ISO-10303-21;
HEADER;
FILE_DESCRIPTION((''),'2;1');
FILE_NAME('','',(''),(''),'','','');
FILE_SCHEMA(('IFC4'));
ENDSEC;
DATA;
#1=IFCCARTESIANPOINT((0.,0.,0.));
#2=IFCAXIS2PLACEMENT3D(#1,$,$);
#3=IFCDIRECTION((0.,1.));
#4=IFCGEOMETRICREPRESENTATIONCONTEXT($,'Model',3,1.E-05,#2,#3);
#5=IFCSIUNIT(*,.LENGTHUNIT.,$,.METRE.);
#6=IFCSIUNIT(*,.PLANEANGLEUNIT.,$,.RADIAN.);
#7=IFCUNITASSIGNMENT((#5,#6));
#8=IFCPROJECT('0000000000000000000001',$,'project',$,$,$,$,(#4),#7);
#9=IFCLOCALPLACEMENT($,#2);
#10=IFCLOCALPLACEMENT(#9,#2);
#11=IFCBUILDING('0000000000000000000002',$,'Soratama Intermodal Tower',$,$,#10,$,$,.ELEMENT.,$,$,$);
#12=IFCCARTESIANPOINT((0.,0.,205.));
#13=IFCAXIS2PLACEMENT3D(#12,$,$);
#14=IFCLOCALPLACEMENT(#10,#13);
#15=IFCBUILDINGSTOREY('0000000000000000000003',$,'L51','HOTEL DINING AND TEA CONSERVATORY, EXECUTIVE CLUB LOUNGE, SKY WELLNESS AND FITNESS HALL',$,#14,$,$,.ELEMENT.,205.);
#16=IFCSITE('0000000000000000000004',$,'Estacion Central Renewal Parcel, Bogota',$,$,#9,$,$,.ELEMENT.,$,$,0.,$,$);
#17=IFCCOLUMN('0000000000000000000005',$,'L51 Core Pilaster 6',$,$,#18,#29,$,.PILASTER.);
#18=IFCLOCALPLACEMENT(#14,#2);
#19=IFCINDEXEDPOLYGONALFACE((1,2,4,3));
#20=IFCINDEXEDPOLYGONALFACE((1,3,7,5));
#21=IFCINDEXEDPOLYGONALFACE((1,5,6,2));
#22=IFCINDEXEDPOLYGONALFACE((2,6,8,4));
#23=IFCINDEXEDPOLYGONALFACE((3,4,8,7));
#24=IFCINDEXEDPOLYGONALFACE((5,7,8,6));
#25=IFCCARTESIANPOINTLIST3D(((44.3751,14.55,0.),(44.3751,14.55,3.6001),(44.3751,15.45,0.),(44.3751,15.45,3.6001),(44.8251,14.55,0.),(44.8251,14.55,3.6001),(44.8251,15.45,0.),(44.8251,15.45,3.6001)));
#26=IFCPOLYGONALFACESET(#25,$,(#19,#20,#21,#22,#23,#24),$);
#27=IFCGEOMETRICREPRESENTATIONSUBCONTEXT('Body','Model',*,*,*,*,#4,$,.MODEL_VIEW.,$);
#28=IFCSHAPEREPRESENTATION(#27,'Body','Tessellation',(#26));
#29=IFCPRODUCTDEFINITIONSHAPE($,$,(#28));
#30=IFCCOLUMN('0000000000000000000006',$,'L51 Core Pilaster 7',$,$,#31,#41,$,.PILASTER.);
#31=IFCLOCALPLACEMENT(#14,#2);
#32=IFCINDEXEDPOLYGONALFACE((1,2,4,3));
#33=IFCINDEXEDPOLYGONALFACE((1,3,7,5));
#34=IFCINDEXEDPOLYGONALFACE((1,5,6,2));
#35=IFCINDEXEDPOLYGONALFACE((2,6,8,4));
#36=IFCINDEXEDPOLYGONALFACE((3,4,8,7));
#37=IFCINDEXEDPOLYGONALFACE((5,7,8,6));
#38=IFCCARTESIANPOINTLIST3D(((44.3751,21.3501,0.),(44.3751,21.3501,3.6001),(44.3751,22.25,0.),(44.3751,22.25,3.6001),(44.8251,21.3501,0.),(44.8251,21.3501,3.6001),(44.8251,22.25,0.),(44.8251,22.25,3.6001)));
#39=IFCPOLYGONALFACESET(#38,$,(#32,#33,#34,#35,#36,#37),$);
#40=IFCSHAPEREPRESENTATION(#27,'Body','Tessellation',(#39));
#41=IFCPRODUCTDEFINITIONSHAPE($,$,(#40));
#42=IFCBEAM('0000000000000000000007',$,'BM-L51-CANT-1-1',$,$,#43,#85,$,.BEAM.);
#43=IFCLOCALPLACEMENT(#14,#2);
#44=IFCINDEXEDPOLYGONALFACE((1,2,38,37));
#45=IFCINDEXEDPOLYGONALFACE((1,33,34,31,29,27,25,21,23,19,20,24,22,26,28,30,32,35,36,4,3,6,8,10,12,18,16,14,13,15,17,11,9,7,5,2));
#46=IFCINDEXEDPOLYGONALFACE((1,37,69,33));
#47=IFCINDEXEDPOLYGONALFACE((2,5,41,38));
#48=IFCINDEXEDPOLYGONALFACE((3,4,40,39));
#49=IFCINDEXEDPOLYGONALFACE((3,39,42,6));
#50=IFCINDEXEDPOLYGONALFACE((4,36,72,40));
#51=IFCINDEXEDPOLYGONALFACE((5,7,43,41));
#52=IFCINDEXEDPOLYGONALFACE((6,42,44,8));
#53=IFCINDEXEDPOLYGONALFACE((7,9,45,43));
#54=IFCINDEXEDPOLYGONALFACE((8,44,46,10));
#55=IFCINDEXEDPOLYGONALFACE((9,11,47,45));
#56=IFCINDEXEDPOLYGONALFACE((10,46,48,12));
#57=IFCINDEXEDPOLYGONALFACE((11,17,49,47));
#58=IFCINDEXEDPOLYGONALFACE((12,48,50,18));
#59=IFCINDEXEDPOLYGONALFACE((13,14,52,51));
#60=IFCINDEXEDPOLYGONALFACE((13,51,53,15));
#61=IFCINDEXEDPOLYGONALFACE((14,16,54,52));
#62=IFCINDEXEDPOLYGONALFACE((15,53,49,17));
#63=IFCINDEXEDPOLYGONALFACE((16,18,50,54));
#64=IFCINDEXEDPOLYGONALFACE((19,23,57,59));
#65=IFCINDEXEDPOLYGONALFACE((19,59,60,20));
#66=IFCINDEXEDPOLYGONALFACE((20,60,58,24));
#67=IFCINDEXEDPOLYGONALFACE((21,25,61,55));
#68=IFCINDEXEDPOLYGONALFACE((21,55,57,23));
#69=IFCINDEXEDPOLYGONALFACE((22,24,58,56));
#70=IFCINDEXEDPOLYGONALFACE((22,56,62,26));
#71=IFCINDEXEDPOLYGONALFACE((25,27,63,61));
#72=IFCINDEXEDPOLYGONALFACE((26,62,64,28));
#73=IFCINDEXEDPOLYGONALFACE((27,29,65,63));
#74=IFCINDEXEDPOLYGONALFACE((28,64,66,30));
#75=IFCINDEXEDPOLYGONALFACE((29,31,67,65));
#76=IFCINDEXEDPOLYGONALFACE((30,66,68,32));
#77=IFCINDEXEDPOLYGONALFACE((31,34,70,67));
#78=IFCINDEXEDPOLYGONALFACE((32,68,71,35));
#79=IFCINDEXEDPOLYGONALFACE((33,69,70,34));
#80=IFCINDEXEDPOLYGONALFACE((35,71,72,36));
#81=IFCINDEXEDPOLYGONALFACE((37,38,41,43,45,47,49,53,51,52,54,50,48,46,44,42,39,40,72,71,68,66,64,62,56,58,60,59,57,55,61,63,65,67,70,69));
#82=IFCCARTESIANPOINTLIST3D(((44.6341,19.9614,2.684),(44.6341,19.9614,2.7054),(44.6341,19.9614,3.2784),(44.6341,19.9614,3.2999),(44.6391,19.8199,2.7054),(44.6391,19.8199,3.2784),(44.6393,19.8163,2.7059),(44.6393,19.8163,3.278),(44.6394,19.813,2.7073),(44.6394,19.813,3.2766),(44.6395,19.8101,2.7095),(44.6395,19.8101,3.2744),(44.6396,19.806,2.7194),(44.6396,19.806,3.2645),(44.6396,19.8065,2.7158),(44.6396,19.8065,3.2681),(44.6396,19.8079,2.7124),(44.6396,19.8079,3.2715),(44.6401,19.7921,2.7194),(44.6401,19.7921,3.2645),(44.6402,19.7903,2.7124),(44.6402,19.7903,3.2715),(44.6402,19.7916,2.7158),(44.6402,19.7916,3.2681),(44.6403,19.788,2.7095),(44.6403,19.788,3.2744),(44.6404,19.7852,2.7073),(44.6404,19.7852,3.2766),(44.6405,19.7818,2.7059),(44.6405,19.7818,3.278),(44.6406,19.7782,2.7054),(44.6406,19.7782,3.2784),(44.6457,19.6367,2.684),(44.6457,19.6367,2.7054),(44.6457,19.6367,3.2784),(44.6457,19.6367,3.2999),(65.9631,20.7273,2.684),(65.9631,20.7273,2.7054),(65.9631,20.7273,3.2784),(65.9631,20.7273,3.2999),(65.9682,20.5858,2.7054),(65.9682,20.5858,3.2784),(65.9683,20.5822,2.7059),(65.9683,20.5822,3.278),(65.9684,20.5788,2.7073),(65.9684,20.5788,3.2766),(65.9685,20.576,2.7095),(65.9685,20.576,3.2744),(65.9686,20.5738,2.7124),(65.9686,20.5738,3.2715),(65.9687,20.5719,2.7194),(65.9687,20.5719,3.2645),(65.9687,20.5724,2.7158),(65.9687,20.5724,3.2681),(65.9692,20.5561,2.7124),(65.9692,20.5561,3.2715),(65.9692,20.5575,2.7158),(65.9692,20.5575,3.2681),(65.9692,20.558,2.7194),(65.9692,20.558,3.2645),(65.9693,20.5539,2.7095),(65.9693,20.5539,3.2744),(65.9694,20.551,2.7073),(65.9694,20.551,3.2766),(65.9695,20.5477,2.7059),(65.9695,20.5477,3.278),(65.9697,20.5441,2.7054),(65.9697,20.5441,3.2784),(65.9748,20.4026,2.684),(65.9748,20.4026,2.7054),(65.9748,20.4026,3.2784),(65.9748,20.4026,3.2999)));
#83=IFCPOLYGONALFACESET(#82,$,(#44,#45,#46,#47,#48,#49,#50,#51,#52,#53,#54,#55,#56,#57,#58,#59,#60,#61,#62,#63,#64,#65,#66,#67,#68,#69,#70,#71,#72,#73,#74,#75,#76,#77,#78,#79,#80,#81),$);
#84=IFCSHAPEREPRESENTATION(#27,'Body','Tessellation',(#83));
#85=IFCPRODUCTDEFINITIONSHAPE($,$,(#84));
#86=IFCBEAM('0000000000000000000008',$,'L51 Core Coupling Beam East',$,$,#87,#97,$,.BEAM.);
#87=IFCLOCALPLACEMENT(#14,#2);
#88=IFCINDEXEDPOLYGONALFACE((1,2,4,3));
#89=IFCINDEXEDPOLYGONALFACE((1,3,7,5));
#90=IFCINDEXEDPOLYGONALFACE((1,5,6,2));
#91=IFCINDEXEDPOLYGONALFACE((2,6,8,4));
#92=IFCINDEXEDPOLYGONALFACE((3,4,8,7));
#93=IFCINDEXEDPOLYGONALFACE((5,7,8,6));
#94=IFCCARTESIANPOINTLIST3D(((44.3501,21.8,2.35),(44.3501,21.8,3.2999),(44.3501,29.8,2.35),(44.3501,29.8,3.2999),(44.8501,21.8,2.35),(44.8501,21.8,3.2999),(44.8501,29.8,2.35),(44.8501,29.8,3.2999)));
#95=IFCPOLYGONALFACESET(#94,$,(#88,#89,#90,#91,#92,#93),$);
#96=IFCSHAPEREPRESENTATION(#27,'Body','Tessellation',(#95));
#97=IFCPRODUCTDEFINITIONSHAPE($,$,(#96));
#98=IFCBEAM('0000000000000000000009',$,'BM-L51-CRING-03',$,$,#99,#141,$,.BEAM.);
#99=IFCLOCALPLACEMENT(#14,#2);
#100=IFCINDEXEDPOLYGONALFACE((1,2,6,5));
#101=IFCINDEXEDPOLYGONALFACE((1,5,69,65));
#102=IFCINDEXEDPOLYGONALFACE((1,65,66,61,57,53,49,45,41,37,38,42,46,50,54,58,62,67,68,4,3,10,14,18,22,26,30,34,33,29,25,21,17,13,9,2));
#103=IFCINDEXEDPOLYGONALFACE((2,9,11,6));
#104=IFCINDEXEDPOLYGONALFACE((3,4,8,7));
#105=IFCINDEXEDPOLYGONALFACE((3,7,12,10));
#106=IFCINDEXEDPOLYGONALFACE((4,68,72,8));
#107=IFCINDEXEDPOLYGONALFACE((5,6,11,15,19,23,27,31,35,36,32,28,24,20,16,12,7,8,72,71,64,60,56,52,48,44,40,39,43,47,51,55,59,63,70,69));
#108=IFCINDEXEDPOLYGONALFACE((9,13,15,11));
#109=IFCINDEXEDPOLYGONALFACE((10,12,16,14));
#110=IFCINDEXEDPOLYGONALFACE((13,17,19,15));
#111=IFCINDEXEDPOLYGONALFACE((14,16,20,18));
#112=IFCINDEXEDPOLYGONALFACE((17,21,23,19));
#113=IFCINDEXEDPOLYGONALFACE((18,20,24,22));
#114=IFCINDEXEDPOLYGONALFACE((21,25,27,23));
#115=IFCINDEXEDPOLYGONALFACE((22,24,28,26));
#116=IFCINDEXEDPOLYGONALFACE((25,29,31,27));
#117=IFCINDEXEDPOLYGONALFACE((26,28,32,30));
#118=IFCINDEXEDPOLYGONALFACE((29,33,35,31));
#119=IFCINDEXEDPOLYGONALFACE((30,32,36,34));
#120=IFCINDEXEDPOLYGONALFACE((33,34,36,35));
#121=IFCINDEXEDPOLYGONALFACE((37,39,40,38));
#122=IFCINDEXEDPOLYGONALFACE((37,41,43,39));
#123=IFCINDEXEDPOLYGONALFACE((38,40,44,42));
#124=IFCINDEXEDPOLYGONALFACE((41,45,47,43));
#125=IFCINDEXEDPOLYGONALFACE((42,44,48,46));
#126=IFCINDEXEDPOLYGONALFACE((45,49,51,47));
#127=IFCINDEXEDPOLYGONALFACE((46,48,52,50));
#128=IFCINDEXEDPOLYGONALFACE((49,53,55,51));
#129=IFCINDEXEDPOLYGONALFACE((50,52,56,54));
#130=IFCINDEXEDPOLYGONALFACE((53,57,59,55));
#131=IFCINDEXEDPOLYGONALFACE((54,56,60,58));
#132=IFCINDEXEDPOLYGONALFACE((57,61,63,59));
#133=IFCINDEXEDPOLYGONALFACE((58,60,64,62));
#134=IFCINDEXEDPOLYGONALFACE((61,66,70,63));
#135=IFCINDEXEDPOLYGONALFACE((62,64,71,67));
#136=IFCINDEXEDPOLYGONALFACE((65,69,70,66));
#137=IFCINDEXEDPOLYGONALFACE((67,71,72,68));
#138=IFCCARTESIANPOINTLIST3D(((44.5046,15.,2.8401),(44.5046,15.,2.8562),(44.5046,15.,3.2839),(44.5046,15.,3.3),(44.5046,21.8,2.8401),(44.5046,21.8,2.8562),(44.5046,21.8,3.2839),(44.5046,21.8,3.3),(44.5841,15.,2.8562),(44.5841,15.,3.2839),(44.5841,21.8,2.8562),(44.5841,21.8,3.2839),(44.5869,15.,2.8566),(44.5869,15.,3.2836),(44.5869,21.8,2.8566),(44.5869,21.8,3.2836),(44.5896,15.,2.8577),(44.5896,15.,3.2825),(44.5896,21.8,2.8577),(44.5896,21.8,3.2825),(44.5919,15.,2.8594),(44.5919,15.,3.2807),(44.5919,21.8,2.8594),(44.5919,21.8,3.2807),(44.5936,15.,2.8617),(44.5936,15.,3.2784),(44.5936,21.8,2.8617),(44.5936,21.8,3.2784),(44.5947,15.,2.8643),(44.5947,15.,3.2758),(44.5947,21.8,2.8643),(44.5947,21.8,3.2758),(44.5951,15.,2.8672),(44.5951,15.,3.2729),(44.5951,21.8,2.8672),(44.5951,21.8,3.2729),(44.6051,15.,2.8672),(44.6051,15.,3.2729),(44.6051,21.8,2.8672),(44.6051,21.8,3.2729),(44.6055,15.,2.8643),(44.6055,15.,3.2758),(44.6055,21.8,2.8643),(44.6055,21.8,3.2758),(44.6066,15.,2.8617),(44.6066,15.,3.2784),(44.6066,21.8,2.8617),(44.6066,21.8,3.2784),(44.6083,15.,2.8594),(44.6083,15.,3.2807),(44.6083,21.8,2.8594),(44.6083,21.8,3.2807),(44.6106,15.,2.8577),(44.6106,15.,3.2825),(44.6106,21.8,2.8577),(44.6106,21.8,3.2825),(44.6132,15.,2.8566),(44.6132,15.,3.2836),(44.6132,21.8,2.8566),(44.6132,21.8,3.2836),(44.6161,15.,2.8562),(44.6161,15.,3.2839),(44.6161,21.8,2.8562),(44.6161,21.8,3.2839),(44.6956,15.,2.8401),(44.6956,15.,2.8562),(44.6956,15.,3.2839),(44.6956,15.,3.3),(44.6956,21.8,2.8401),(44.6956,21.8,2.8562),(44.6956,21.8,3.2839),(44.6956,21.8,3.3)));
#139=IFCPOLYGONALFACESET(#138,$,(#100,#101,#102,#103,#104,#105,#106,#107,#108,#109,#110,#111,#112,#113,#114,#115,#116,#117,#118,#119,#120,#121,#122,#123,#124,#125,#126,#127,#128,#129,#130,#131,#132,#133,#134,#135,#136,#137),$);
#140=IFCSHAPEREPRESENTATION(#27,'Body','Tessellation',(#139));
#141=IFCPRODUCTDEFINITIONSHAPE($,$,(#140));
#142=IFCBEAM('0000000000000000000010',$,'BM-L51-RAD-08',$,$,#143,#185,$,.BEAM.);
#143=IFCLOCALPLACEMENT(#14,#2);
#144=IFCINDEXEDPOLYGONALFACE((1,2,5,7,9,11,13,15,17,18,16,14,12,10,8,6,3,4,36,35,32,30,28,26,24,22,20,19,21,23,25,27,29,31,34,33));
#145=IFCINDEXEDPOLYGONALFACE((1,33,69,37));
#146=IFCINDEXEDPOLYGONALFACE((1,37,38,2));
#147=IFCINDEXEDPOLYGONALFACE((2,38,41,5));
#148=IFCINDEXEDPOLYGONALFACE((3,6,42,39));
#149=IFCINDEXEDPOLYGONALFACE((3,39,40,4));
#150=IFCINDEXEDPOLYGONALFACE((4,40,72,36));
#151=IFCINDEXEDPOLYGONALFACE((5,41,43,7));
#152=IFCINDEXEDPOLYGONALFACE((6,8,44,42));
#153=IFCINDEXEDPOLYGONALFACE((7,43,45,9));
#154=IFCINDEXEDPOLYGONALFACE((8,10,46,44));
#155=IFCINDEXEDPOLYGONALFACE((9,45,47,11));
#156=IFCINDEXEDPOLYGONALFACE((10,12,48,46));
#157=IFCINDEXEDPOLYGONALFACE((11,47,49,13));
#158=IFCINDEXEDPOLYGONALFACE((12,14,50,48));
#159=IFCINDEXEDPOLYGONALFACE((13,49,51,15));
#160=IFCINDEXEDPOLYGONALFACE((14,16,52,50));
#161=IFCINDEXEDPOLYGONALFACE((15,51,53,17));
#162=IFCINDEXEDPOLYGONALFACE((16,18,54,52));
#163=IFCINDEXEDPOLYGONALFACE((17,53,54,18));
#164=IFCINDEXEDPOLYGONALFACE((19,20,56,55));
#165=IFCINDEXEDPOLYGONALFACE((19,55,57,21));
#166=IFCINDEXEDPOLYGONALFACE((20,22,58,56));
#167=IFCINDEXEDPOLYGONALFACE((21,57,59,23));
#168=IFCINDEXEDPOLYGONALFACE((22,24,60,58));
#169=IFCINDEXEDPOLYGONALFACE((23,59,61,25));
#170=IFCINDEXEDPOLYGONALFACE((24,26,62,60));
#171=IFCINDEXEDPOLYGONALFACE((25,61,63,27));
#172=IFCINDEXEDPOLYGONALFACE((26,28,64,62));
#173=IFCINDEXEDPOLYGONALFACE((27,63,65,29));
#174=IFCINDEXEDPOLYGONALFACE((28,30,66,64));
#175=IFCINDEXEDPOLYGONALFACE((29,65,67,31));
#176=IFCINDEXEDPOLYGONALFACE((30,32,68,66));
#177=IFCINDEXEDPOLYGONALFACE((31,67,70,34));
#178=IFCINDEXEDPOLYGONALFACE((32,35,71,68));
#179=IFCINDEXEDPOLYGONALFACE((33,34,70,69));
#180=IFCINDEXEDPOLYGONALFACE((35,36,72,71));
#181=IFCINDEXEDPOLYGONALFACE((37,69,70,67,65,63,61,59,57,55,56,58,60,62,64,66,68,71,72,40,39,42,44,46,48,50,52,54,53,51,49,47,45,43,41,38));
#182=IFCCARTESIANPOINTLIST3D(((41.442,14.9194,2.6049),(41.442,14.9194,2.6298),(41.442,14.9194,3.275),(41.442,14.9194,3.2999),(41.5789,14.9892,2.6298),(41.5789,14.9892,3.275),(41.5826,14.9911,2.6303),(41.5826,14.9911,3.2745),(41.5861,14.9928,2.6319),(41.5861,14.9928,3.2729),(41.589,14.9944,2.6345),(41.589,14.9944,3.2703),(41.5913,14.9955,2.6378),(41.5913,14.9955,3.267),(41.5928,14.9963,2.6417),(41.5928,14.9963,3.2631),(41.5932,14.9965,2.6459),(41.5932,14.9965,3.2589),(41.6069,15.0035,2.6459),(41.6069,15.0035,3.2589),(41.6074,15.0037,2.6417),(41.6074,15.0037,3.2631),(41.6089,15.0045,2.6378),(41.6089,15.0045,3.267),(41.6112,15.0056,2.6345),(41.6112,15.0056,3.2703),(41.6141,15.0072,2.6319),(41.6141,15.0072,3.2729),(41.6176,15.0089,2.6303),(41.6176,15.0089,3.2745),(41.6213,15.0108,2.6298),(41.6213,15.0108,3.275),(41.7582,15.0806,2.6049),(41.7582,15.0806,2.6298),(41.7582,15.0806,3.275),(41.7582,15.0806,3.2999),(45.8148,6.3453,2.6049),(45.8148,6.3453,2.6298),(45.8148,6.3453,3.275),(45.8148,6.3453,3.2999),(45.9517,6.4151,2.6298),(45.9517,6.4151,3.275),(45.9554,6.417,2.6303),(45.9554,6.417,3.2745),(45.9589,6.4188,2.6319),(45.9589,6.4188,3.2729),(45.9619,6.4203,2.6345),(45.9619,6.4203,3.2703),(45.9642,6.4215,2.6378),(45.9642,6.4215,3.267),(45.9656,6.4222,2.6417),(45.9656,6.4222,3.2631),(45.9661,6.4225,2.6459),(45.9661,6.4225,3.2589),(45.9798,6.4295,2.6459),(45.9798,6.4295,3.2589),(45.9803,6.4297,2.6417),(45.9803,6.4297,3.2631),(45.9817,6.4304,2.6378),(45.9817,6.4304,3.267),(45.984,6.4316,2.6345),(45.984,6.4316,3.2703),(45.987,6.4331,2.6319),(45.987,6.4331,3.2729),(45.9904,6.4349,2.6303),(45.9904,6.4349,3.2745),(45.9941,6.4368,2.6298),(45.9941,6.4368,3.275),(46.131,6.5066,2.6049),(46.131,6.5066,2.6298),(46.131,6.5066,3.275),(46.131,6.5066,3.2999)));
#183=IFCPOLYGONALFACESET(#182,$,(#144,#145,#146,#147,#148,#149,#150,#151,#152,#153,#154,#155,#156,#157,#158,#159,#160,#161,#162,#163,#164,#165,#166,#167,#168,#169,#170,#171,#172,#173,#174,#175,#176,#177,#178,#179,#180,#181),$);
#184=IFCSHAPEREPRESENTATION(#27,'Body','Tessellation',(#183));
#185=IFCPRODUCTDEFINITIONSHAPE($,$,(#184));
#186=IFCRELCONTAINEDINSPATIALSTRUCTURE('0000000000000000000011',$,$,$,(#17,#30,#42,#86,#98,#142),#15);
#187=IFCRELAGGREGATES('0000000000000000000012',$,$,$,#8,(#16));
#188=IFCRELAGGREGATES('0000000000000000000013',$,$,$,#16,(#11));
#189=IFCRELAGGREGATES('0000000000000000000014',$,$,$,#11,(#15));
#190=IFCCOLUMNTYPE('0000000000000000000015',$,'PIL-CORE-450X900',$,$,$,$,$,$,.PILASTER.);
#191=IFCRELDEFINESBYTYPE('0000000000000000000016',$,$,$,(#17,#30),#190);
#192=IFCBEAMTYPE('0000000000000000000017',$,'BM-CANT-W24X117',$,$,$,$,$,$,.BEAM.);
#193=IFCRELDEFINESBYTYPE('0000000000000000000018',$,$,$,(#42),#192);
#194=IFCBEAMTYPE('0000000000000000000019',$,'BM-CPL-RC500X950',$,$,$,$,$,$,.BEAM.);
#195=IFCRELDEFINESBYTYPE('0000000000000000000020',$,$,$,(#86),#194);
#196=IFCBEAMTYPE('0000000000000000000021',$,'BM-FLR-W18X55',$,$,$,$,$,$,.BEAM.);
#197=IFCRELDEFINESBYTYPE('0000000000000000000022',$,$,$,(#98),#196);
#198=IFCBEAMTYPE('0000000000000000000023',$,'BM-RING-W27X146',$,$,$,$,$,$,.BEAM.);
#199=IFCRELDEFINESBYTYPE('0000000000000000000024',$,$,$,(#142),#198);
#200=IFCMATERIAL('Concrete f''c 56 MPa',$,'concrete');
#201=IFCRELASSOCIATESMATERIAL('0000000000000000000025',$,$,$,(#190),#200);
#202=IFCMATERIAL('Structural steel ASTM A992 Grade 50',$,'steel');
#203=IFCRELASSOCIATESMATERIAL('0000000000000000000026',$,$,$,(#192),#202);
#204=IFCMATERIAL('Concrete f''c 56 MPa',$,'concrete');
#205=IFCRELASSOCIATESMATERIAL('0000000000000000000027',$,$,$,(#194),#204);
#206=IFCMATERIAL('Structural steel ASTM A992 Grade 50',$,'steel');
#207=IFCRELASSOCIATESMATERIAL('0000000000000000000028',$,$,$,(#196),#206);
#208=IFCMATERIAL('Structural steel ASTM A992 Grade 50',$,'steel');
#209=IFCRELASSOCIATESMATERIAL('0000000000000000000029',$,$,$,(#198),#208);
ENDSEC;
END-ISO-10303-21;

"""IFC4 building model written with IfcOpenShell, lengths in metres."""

from ifc_helpers import new_model, si_unit, direction, frame, origin, origin_2d, place, context, subcontext, project, spatial, rectangle, i_section, extrude, material, material_profile, profile_set, type_object, element, save


model = new_model("IFC4")

# Units and contexts
model_context = context("Model", 3, precision=1e-05, world=origin(), true_north=direction((0.0, 1.0)))
body_context = subcontext(model_context, "Body", "Model", "MODEL_VIEW")
ifc_project = project(units=[si_unit("LENGTHUNIT", "METRE"), si_unit("PLANEANGLEUNIT", "RADIAN")], contexts=[model_context])

# Site, building, storey
site_placement = place(None, origin())
site = spatial("IfcSite", under=ifc_project, at=site_placement, Name="Estacion Central Renewal Parcel, Bogota", CompositionType="ELEMENT", RefElevation=0.0)
building_placement = place(site_placement, origin())
building = spatial("IfcBuilding", under=site, at=building_placement, Name="Soratama Intermodal Tower", CompositionType="ELEMENT")
storey_placement = place(building_placement, frame((0.0, 0.0, 205.0)))
storey = spatial("IfcBuildingStorey", under=building, at=storey_placement, Name="L51", Description="HOTEL DINING AND TEA CONSERVATORY, EXECUTIVE CLUB LOUNGE, SKY WELLNESS AND FITNESS HALL", CompositionType="ELEMENT", Elevation=205.0)

# Columns
ifc_material_1 = material(Name="Concrete f'c 56 MPa", Category="concrete")
ifc_material_profile_1 = material_profile(ifc_material_1, rectangle(XDim=0.45, YDim=0.8999, at=origin_2d()), Name="RC450X900")
ifc_profile_set_1 = profile_set([ifc_material_profile_1], Name="Concrete f'c 56 MPa")
column_type = type_object("IfcColumnType", Name="PIL-CORE-450X900", PredefinedType="PILASTER", material=ifc_profile_set_1)
for number, where, z_axis, x_axis, name in (
    (1, (44.6001, 15.0, 0.0), (0.0, 0.0, 1.0), (1.0, 0.0, 0.0), "L51 Core Pilaster 6"),
    (2, (44.6001, 21.8, 0.0), (0.0, 0.0, 1.0), (1.0, 0.0, 0.0), "L51 Core Pilaster 7"),
):
    element("IfcColumn", number, at=place(storey_placement, frame(where, z_axis=z_axis, x_axis=x_axis)), inside=storey, type_object=column_type, Name=name, PredefinedType="PILASTER", context=body_context, shape_type="SweptSolid", body=[
        extrude(rectangle(XDim=0.45, YDim=0.8999, at=origin_2d()), origin(), (0.0, 0.0, 1.0), 3.6001),
    ])

# Beams
ifc_material_2 = material(Name="Structural steel ASTM A992 Grade 50", Category="steel")
ifc_material_profile_2 = material_profile(ifc_material_2, i_section(OverallWidth=0.325, OverallDepth=0.616, WebThickness=0.0139, FlangeThickness=0.0215, FilletRadius=0.0139, at=origin_2d()), Name="W24X117")
ifc_profile_set_2 = profile_set([ifc_material_profile_2], Name="Structural steel ASTM A992 Grade 50")
beam_type_1 = type_object("IfcBeamType", Name="BM-CANT-W24X117", PredefinedType="BEAM", material=ifc_profile_set_2)
beam_1_placement = place(storey_placement, frame((44.6399, 19.7991, 2.9919), z_axis=(0.999356, 0.035884, 0.0), x_axis=(-0.035884, 0.999356, 0.0)))
element("IfcBeam", 3, at=beam_1_placement, inside=storey, type_object=beam_type_1, Name="BM-L51-CANT-1-1", PredefinedType="BEAM", context=body_context, shape_type="SweptSolid", body=[
    extrude(i_section(OverallWidth=0.325, OverallDepth=0.616, WebThickness=0.0139, FlangeThickness=0.0215, FilletRadius=0.0139, at=origin_2d()), origin(), (0.0, 0.0, 1.0), 21.3428),
])
ifc_material_3 = material(Name="Concrete f'c 56 MPa", Category="concrete")
ifc_material_profile_3 = material_profile(ifc_material_3, rectangle(XDim=0.5, YDim=0.95, at=origin_2d()), Name="RC500X950")
ifc_profile_set_3 = profile_set([ifc_material_profile_3], Name="Concrete f'c 56 MPa")
beam_type_2 = type_object("IfcBeamType", Name="BM-CPL-RC500X950", PredefinedType="BEAM", material=ifc_profile_set_3)
beam_2_placement = place(storey_placement, frame((44.6001, 21.8, 2.825), z_axis=(0.0, 1.0, 0.0), x_axis=(-1.0, 0.0, 0.0)))
element("IfcBeam", 4, at=beam_2_placement, inside=storey, type_object=beam_type_2, Name="L51 Core Coupling Beam East", PredefinedType="BEAM", context=body_context, shape_type="SweptSolid", body=[
    extrude(rectangle(XDim=0.5, YDim=0.95, at=origin_2d()), origin(), (0.0, 0.0, 1.0), 8.0),
])
ifc_material_4 = material(Name="Structural steel ASTM A992 Grade 50", Category="steel")
ifc_material_profile_4 = material_profile(ifc_material_4, i_section(OverallWidth=0.1909, OverallDepth=0.46, WebThickness=0.01, FlangeThickness=0.0161, FilletRadius=0.011, at=origin_2d()), Name="W18X55")
ifc_profile_set_4 = profile_set([ifc_material_profile_4], Name="Structural steel ASTM A992 Grade 50")
beam_type_3 = type_object("IfcBeamType", Name="BM-FLR-W18X55", PredefinedType="BEAM", material=ifc_profile_set_4)
beam_3_placement = place(storey_placement, frame((44.6001, 15.0, 3.0701), z_axis=(0.0, 1.0, 0.0), x_axis=(-1.0, 0.0, 0.0)))
element("IfcBeam", 5, at=beam_3_placement, inside=storey, type_object=beam_type_3, Name="BM-L51-CRING-03", PredefinedType="BEAM", context=body_context, shape_type="SweptSolid", body=[
    extrude(i_section(OverallWidth=0.1909, OverallDepth=0.46, WebThickness=0.01, FlangeThickness=0.0161, FilletRadius=0.011, at=origin_2d()), origin(), (0.0, 0.0, 1.0), 6.8),
])
ifc_material_5 = material(Name="Structural steel ASTM A992 Grade 50", Category="steel")
ifc_material_profile_5 = material_profile(ifc_material_5, i_section(OverallWidth=0.355, OverallDepth=0.6951, WebThickness=0.0154, FlangeThickness=0.0249, FilletRadius=0.0161, at=origin_2d()), Name="W27X146")
ifc_profile_set_5 = profile_set([ifc_material_profile_5], Name="Structural steel ASTM A992 Grade 50")
beam_type_4 = type_object("IfcBeamType", Name="BM-RING-W27X146", PredefinedType="BEAM", material=ifc_profile_set_5)
beam_4_placement = place(storey_placement, frame((41.6001, 15.0, 2.9524), z_axis=(0.454332, -0.890832, 0.0), x_axis=(0.890832, 0.454332, 0.0)))
element("IfcBeam", 6, at=beam_4_placement, inside=storey, type_object=beam_type_4, Name="BM-L51-RAD-08", PredefinedType="BEAM", context=body_context, shape_type="SweptSolid", body=[
    extrude(i_section(OverallWidth=0.355, OverallDepth=0.6951, WebThickness=0.0154, FlangeThickness=0.0249, FilletRadius=0.0161, at=origin_2d()), origin(), (0.0, 0.0, 1.0), 9.6248),
])

save(model, "model.ifc")
